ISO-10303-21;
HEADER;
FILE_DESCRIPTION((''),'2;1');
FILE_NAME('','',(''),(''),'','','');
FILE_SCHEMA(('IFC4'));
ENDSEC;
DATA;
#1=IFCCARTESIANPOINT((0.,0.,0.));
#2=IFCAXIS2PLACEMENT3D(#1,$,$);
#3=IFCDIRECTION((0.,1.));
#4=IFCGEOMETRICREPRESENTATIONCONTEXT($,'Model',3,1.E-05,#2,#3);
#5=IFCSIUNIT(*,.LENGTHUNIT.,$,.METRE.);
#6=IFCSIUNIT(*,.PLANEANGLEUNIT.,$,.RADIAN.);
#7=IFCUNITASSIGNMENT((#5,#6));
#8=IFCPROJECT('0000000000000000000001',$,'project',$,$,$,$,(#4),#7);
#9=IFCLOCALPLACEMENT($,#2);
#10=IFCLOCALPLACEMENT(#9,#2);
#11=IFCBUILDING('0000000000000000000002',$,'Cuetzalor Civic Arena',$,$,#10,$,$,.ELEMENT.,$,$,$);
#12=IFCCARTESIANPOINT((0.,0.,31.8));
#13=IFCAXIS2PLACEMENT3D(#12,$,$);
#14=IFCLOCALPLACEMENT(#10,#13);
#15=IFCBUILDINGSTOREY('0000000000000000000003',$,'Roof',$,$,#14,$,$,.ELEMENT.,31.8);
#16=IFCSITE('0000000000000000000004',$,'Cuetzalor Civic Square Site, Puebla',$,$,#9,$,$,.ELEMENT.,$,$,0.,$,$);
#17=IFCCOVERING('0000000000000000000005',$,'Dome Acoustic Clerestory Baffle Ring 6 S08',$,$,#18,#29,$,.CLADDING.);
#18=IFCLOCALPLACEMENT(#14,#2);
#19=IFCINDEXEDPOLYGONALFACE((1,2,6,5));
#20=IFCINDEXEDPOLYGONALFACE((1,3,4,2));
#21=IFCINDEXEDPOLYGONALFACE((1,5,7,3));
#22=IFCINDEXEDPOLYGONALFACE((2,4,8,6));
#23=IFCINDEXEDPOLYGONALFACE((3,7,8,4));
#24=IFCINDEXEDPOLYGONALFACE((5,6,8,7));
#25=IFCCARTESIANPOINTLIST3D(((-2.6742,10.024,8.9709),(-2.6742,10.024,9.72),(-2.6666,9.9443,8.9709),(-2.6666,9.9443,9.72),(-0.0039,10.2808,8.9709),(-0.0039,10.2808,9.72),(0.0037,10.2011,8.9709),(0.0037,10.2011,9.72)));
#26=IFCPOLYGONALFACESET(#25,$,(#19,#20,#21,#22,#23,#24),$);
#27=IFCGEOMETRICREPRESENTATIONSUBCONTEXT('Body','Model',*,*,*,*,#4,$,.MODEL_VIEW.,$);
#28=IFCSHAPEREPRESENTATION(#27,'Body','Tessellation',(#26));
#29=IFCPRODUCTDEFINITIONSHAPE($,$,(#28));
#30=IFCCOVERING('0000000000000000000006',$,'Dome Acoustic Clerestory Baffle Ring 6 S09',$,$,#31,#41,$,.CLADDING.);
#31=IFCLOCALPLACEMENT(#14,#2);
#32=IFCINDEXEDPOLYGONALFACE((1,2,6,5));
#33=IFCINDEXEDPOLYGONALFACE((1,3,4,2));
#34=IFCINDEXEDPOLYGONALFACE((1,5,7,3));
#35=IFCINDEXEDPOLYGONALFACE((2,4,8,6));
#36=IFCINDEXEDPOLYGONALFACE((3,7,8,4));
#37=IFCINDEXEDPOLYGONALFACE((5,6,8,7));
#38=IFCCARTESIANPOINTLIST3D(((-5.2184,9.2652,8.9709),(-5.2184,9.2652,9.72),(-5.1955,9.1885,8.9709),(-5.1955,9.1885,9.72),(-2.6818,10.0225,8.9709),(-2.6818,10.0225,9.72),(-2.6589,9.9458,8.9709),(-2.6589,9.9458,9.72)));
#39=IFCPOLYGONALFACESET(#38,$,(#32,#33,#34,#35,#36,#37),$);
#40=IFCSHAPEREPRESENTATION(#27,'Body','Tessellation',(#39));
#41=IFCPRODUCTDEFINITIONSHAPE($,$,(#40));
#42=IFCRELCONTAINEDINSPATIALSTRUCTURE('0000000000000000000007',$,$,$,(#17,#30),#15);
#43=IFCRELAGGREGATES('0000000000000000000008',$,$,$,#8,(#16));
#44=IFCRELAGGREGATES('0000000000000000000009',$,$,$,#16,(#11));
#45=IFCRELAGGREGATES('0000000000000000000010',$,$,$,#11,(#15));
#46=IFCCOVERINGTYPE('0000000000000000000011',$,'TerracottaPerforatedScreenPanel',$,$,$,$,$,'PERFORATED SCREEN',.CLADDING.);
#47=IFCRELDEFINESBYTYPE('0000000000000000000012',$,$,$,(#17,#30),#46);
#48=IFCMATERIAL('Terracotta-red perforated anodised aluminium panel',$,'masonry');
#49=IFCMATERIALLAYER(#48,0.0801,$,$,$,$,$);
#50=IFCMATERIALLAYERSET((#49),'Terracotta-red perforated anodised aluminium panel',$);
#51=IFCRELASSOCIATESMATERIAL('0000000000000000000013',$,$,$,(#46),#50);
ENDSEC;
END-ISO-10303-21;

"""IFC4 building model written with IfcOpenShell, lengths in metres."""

from ifc_helpers import new_model, si_unit, direction, frame, frame_2d, origin, place, context, subcontext, project, spatial, rectangle, extrude, material, layer, layer_set, type_object, element, save


model = new_model("IFC4")

# Units and contexts
model_context = context("Model", 3, precision=1e-05, world=origin(), true_north=direction((0.0, 1.0)))
body_context = subcontext(model_context, "Body", "Model", "MODEL_VIEW")
ifc_project = project(units=[si_unit("LENGTHUNIT", "METRE"), si_unit("PLANEANGLEUNIT", "RADIAN")], contexts=[model_context])

# Site, building, storey
site_placement = place(None, origin())
site = spatial("IfcSite", under=ifc_project, at=site_placement, Name="Cuetzalor Civic Square Site, Puebla", CompositionType="ELEMENT", RefElevation=0.0)
building_placement = place(site_placement, origin())
building = spatial("IfcBuilding", under=site, at=building_placement, Name="Cuetzalor Civic Arena", CompositionType="ELEMENT")
storey_placement = place(building_placement, frame((0.0, 0.0, 31.8)))
storey = spatial("IfcBuildingStorey", under=building, at=storey_placement, Name="Roof", CompositionType="ELEMENT", Elevation=31.8)

# Coverings
ifc_material_1 = material(Name="Terracotta-red perforated anodised aluminium panel", Category="masonry")
ifc_layer_1 = layer(ifc_material_1, 0.0801)
ifc_layer_set_1 = layer_set([ifc_layer_1], Name="Terracotta-red perforated anodised aluminium panel")
covering_type = type_object("IfcCoveringType", Name="TerracottaPerforatedScreenPanel", ElementType="PERFORATED SCREEN", PredefinedType="CLADDING", material=ifc_layer_set_1)
covering_1_placement = place(storey_placement, frame((-2.6704, 9.9841, 8.9709), z_axis=(0.0, 0.0, 1.0), x_axis=(0.995407, 0.095737, 0.0)))
element("IfcCovering", 1, at=covering_1_placement, inside=storey, type_object=covering_type, Name="Dome Acoustic Clerestory Baffle Ring 6 S08", PredefinedType="CLADDING", context=body_context, shape_type="SweptSolid", body=[
    extrude(rectangle(XDim=2.6826, YDim=0.0801, at=frame_2d((1.3413, 0.0))), origin(), (0.0, 0.0, 1.0), 0.749),
])
covering_2_placement = place(storey_placement, frame((-5.207, 9.2268, 8.9709), z_axis=(0.0, 0.0, 1.0), x_axis=(0.958206, 0.286078, 0.0)))
element("IfcCovering", 2, at=covering_2_placement, inside=storey, type_object=covering_type, Name="Dome Acoustic Clerestory Baffle Ring 6 S09", PredefinedType="CLADDING", context=body_context, shape_type="SweptSolid", body=[
    extrude(rectangle(XDim=2.6472, YDim=0.0801, at=frame_2d((1.3237, 0.0))), origin(), (0.0, 0.0, 1.0), 0.749),
])

save(model, "model.ifc")
